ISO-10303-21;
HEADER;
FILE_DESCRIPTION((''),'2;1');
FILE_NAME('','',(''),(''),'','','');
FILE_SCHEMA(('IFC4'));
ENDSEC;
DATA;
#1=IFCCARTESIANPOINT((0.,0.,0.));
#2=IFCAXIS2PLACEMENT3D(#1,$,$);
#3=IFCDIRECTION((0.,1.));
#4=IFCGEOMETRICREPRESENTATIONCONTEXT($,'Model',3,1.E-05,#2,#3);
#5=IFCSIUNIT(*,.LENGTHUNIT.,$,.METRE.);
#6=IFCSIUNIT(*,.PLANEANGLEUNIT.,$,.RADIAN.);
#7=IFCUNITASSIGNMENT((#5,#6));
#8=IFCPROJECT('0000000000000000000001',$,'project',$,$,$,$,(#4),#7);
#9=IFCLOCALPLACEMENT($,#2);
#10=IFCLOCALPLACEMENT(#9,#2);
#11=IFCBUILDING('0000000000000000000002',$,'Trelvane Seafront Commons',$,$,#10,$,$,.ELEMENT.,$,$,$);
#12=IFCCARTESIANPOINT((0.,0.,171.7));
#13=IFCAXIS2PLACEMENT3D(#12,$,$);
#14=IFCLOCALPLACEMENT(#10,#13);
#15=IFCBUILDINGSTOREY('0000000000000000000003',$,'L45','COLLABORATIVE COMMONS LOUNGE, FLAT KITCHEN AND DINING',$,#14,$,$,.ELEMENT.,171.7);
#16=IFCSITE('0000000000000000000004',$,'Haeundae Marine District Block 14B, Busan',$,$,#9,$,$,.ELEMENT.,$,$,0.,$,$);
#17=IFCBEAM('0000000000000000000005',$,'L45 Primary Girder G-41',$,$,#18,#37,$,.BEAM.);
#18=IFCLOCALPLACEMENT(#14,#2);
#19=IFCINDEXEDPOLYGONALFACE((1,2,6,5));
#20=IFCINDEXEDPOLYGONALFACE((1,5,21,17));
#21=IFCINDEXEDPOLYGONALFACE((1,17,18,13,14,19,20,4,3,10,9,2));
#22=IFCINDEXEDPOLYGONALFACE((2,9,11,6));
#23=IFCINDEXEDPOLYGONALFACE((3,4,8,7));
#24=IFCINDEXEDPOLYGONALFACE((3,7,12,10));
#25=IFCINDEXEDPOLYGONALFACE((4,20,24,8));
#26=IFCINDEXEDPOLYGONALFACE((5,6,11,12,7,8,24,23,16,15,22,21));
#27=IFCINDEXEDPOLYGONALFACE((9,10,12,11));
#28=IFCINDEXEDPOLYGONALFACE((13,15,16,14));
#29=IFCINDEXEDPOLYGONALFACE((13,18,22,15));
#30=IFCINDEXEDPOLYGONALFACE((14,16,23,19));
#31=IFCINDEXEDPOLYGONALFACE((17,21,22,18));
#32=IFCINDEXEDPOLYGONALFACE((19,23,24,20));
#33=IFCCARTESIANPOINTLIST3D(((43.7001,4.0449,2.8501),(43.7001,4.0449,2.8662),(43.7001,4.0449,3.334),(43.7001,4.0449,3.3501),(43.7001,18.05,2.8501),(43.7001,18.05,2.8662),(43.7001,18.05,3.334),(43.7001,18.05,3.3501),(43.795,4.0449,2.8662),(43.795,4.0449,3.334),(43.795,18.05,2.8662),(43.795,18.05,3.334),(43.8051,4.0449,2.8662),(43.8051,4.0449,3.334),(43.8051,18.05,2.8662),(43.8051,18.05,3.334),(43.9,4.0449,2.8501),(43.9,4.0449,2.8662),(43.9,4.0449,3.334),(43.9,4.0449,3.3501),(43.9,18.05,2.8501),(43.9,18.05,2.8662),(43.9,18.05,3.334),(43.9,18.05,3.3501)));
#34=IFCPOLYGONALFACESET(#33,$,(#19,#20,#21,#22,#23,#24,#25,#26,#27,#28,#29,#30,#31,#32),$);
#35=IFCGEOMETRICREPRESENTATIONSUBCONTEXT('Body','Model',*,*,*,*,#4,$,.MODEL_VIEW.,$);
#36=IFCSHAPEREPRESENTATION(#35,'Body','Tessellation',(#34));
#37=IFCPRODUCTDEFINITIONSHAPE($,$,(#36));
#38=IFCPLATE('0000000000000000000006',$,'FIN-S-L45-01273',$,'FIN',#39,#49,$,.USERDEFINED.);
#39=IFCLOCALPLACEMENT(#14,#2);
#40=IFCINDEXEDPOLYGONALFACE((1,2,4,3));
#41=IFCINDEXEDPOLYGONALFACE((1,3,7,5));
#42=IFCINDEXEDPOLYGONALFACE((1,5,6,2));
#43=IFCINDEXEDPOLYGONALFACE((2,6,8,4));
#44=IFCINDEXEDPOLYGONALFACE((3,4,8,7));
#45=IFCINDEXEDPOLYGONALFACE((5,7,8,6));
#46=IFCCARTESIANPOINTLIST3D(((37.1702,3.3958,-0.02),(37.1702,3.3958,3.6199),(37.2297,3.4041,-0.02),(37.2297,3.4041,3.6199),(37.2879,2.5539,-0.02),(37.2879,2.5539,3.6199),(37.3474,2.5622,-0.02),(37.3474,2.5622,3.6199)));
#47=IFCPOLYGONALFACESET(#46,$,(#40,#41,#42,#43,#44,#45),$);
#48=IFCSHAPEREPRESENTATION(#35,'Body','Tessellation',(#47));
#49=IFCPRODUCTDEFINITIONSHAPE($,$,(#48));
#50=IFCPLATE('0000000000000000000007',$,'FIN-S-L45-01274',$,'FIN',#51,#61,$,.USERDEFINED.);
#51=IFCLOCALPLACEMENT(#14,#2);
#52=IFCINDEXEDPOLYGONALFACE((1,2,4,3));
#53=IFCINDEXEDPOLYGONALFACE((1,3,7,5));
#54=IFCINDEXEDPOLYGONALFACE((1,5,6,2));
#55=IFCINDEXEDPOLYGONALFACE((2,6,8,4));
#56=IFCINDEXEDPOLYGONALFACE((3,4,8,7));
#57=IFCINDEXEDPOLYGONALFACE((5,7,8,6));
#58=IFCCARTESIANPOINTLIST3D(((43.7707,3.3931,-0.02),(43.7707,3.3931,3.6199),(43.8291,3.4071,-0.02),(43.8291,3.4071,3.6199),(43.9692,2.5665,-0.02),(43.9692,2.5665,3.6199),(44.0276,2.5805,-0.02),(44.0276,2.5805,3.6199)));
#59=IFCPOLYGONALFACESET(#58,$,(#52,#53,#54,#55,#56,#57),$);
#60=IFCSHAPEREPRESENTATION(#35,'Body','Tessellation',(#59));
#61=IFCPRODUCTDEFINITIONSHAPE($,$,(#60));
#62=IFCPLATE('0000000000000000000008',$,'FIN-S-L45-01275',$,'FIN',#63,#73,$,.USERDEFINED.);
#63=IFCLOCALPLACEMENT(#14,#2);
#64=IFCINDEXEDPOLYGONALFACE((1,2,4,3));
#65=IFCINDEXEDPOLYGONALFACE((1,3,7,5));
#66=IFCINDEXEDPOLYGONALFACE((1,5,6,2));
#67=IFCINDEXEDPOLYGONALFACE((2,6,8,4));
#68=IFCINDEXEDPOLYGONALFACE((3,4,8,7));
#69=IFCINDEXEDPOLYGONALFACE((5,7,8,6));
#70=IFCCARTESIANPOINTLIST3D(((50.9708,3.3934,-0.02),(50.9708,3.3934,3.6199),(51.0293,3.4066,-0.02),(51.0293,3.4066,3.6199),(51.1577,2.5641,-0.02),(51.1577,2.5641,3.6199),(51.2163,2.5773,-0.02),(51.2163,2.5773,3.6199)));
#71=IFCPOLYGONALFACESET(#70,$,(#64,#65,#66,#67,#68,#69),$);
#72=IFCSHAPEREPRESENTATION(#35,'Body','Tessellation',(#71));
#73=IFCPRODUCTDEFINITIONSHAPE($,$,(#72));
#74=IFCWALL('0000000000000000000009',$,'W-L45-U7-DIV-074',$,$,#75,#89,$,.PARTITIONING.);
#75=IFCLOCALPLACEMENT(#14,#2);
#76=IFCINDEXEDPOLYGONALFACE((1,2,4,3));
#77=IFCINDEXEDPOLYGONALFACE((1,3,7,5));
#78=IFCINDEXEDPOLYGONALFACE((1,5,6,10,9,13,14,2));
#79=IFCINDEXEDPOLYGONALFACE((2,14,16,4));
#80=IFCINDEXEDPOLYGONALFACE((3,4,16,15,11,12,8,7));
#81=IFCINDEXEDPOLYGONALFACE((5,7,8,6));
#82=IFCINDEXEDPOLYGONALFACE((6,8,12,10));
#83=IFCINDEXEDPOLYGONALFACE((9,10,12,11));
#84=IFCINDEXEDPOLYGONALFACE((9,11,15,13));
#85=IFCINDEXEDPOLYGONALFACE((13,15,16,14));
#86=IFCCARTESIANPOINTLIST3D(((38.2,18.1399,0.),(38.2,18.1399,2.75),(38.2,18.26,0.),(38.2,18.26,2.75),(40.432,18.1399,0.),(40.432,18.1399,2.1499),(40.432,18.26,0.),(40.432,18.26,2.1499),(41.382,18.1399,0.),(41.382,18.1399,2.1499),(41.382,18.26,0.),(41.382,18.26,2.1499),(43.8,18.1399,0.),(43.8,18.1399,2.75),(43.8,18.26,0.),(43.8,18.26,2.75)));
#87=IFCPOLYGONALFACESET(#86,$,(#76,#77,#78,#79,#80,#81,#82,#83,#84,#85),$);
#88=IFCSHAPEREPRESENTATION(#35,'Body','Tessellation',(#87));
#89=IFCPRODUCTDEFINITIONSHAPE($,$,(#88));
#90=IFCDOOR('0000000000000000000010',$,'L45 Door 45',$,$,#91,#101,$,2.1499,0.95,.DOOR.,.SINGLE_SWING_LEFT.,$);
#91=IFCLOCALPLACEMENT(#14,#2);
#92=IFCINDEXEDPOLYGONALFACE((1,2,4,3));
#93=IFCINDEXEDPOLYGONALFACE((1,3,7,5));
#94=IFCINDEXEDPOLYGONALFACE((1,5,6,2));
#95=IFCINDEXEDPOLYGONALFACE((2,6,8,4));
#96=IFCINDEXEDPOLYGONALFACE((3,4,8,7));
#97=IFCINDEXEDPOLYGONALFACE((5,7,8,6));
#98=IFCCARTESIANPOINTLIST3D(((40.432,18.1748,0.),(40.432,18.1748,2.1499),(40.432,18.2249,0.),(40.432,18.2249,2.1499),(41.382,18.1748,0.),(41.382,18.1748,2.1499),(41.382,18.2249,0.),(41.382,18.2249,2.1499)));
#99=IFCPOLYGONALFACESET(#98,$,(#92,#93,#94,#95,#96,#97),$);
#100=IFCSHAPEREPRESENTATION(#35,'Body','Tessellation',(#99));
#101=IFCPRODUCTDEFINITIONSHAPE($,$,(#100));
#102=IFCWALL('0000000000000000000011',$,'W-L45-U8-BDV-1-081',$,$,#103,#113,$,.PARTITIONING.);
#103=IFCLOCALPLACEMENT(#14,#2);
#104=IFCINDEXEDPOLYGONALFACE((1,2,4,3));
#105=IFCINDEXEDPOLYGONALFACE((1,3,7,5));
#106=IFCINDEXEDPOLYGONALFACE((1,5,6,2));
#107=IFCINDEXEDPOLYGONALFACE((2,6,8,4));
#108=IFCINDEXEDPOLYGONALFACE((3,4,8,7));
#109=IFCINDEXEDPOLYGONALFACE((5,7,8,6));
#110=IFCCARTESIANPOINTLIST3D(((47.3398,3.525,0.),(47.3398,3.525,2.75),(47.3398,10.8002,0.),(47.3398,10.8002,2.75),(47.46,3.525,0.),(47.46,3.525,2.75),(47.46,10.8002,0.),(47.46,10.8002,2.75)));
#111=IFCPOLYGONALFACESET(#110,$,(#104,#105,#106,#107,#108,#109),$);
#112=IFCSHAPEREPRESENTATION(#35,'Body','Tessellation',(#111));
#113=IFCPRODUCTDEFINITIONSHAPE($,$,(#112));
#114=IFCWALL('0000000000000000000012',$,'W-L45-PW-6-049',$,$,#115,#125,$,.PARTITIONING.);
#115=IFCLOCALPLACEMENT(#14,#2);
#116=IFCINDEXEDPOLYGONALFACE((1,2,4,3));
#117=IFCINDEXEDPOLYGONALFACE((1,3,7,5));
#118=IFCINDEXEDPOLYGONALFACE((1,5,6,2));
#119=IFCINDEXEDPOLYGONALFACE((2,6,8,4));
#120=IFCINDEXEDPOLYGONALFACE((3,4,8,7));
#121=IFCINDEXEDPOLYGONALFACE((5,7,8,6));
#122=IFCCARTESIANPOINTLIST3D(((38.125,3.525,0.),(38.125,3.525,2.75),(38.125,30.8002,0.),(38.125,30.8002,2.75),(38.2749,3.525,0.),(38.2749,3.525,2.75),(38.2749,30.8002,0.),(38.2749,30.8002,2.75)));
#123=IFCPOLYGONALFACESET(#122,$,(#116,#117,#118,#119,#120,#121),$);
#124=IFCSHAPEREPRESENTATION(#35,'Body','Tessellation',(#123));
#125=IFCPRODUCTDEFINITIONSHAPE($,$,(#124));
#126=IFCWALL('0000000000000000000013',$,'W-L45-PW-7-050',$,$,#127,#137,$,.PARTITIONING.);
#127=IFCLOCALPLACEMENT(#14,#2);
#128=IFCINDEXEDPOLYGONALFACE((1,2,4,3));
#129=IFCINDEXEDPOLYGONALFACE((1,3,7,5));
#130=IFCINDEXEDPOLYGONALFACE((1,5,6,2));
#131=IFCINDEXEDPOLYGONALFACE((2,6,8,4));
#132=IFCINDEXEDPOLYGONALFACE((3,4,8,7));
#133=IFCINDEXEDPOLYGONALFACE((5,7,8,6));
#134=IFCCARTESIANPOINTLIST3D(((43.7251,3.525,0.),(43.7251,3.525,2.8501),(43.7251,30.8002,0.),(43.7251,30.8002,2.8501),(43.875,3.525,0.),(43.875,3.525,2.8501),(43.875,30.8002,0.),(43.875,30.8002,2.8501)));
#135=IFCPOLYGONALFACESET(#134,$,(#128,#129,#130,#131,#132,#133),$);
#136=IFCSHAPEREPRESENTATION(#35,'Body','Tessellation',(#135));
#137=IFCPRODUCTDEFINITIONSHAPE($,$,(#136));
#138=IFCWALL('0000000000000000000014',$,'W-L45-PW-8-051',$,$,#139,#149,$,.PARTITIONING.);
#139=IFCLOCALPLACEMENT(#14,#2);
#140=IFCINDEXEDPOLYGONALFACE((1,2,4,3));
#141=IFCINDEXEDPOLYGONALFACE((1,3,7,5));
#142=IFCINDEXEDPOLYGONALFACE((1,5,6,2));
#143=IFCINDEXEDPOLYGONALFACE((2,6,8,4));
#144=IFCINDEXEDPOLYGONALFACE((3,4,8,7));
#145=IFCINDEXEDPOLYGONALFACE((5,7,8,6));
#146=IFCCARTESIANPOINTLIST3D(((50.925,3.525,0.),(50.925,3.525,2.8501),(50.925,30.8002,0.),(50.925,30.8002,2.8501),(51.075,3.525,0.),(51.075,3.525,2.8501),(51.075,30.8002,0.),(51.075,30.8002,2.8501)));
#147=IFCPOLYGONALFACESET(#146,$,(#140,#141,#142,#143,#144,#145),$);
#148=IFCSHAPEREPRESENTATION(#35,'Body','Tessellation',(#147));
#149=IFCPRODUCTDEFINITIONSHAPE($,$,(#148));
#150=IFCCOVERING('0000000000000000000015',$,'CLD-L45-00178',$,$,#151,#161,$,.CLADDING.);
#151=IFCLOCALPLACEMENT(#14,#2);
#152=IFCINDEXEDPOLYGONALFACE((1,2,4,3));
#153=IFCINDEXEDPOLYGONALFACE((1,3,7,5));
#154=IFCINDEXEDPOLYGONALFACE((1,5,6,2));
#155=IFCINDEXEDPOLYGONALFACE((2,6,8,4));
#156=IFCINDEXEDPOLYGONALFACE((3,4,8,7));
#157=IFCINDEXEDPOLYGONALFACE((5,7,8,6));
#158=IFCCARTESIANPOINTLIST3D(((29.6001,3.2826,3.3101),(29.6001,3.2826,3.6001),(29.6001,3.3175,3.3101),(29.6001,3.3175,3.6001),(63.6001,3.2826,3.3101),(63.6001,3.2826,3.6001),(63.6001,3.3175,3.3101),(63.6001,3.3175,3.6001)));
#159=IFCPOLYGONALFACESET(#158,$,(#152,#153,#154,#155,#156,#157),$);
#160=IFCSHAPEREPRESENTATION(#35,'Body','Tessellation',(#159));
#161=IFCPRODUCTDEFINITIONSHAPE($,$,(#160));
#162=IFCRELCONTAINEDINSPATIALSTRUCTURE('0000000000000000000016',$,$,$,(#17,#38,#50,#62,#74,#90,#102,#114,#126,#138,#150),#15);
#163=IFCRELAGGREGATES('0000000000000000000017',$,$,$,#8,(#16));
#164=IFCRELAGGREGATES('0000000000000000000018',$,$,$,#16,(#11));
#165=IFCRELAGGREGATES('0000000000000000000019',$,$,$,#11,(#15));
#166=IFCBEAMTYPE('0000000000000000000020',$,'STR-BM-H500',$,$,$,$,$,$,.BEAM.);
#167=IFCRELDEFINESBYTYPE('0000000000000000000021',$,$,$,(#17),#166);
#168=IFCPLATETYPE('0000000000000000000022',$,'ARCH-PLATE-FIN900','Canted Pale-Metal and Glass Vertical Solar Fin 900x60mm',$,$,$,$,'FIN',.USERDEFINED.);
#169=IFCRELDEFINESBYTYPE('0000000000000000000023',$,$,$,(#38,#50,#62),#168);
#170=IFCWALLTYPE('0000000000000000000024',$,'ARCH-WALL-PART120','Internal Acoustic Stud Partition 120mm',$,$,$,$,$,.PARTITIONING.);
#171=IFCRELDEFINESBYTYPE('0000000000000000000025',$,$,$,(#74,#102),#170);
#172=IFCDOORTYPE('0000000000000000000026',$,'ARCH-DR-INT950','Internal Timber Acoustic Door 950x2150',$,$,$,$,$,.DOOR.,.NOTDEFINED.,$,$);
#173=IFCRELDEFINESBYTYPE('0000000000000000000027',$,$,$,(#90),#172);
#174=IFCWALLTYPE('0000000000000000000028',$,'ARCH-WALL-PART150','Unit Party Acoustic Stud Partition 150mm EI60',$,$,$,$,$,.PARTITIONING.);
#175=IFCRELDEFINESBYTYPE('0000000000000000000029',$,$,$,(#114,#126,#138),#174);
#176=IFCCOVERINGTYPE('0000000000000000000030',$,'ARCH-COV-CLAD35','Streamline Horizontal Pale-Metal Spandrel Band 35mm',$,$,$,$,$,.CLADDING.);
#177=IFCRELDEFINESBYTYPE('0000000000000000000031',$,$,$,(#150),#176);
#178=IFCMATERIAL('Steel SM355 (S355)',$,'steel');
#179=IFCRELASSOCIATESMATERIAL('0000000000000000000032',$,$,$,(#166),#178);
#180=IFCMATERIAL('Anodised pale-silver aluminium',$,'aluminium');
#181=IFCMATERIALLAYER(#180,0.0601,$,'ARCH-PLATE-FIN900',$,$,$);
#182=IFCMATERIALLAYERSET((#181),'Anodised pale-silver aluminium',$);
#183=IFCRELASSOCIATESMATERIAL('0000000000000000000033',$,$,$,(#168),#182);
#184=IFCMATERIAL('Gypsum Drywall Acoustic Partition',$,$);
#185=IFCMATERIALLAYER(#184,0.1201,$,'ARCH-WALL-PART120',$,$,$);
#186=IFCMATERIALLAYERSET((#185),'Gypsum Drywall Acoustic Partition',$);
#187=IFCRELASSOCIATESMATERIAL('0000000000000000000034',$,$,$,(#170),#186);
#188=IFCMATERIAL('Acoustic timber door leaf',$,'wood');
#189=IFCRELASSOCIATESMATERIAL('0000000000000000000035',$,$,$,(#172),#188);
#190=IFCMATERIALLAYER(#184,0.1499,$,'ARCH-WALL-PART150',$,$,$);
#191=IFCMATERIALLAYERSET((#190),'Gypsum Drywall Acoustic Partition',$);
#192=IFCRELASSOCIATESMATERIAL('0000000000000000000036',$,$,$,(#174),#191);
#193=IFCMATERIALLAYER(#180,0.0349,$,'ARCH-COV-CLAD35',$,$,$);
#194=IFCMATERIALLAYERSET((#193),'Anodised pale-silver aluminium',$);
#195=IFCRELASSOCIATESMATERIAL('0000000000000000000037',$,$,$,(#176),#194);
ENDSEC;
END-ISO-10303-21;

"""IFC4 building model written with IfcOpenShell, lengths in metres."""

from ifc_helpers import new_model, si_unit, direction, frame, frame_2d, origin, origin_2d, place, context, subcontext, project, spatial, rectangle, i_section, extrude, source, transform, mapped, material, layer, layer_set, material_profile, profile_set, type_object, element, fill, save


model = new_model("IFC4")

# Units and contexts
model_context = context("Model", 3, precision=1e-05, world=origin(), true_north=direction((0.0, 1.0)))
body_context = subcontext(model_context, "Body", "Model", "MODEL_VIEW")
ifc_project = project(units=[si_unit("LENGTHUNIT", "METRE"), si_unit("PLANEANGLEUNIT", "RADIAN")], contexts=[model_context])

# Site, building, storey
site_placement = place(None, origin())
site = spatial("IfcSite", under=ifc_project, at=site_placement, Name="Haeundae Marine District Block 14B, Busan", CompositionType="ELEMENT", RefElevation=0.0)
building_placement = place(site_placement, origin())
building = spatial("IfcBuilding", under=site, at=building_placement, Name="Trelvane Seafront Commons", CompositionType="ELEMENT")
storey_placement = place(building_placement, frame((0.0, 0.0, 171.7)))
storey = spatial("IfcBuildingStorey", under=building, at=storey_placement, Name="L45", Description="COLLABORATIVE COMMONS LOUNGE, FLAT KITCHEN AND DINING", CompositionType="ELEMENT", Elevation=171.7)

# Shared definitions
ifc_material_1 = material(Name="Steel SM355 (S355)", Category="steel")

# Beam
ifc_material_profile_1 = material_profile(ifc_material_1, i_section(OverallWidth=0.2, OverallDepth=0.5, WebThickness=0.01, FlangeThickness=0.0161, at=origin_2d()), Name="H-500x200x10x16")
ifc_profile_set_1 = profile_set([ifc_material_profile_1], Name="Steel SM355 (S355)")
beam_type_1 = type_object("IfcBeamType", Name="STR-BM-H500", PredefinedType="BEAM", material=ifc_profile_set_1)
shared_shape_1 = source(origin(), body_context, "Body", "SweptSolid", [
    extrude(i_section(OverallWidth=0.2, OverallDepth=0.5, WebThickness=0.01, FlangeThickness=0.0161, at=origin_2d()), origin(), (0.0, 0.0, 1.0), 14.0051),
])
beam_1_placement = place(storey_placement, frame((43.8, 4.0449, 3.1001), z_axis=(0.0, 1.0, 0.0), x_axis=(-1.0, 0.0, 0.0)))
element("IfcBeam", 1, at=beam_1_placement, inside=storey, type_object=beam_type_1, Name="L45 Primary Girder G-41", PredefinedType="BEAM", context=body_context, shape_type="MappedRepresentation", body=[
    mapped(shared_shape_1, transform((0.0, 0.0, 0.0), x_axis=(1.0, 0.0, 0.0), y_axis=(0.0, 1.0, 0.0), z_axis=(0.0, 0.0, 1.0), scale=1.0)),
])

# Plates
ifc_material_2 = material(Name="Anodised pale-silver aluminium", Category="aluminium")
ifc_layer_1 = layer(ifc_material_2, 0.0601, Name="ARCH-PLATE-FIN900")
ifc_layer_set_1 = layer_set([ifc_layer_1], Name="Anodised pale-silver aluminium")
plate_type = type_object("IfcPlateType", Name="ARCH-PLATE-FIN900", Description="Canted Pale-Metal and Glass Vertical Solar Fin 900x60mm", ElementType="FIN", PredefinedType="USERDEFINED", material=ifc_layer_set_1)
shared_shape_2 = source(origin(), body_context, "Body", "SweptSolid", [
    extrude(rectangle(XDim=0.8501, YDim=0.0601, at=origin_2d()), origin(), (0.0, 0.0, 1.0), 3.6399),
])
for number, where, z_axis, x_axis, name in (
    (2, (37.2588, 2.979, -0.02), (0.0, 0.0, 1.0), (0.138473, -0.990366, 0.0), "FIN-S-L45-01273"),
    (3, (43.8992, 2.9868, -0.02), (0.0, 0.0, 1.0), (0.233529, -0.97235, 0.0), "FIN-S-L45-01274"),
    (4, (51.0935, 2.9854, -0.02), (0.0, 0.0, 1.0), (0.219882, -0.975526, 0.0), "FIN-S-L45-01275"),
):
    element("IfcPlate", number, at=place(storey_placement, frame(where, z_axis=z_axis, x_axis=x_axis)), inside=storey, type_object=plate_type, Name=name, ObjectType="FIN", PredefinedType="USERDEFINED", context=body_context, shape_type="MappedRepresentation", body=[
        mapped(shared_shape_2, transform((0.0, 0.0, 0.0), x_axis=(1.0, 0.0, 0.0), y_axis=(0.0, 1.0, 0.0), z_axis=(0.0, 0.0, 1.0), scale=1.0)),
    ])

# Wall, opening, door
ifc_material_3 = material(Name="Gypsum Drywall Acoustic Partition")
ifc_layer_2 = layer(ifc_material_3, 0.1201, Name="ARCH-WALL-PART120")
ifc_layer_set_2 = layer_set([ifc_layer_2], Name="Gypsum Drywall Acoustic Partition")
wall_type_1 = type_object("IfcWallType", Name="ARCH-WALL-PART120", Description="Internal Acoustic Stud Partition 120mm", PredefinedType="PARTITIONING", material=ifc_layer_set_2)
wall_1_placement = place(storey_placement, frame((38.2, 18.2, 0.0), z_axis=(0.0, 0.0, 1.0), x_axis=(1.0, 0.0, 0.0)))
wall_1 = element("IfcWall", 5, at=wall_1_placement, inside=storey, type_object=wall_type_1, Name="W-L45-U7-DIV-074", PredefinedType="PARTITIONING", context=body_context, shape_type="SweptSolid", body=[
    extrude(rectangle(XDim=5.6001, YDim=0.1201, at=frame_2d((2.8, 0.0))), origin(), (0.0, 0.0, 1.0), 2.75),
])
opening_1_placement = place(wall_1_placement, frame((2.2319, 0.0, 0.0)))
opening_1 = element("IfcOpeningElement", 6, at=opening_1_placement, cuts=wall_1, PredefinedType="OPENING", context=body_context, shape_type="SweptSolid", body=[
    extrude(rectangle(XDim=0.95, YDim=2.1499, at=frame_2d((0.4751, 1.075))), frame((0.0, 0.0701, 0.0), z_axis=(0.0, -1.0, 0.0), x_axis=(1.0, 0.0, 0.0)), (0.0, 0.0, 1.0), 0.1401),
])
ifc_material_4 = material(Name="Acoustic timber door leaf", Category="wood")
door_type = type_object("IfcDoorType", Name="ARCH-DR-INT950", Description="Internal Timber Acoustic Door 950x2150", OperationType="NOTDEFINED", PredefinedType="DOOR", material=ifc_material_4)
shared_shape_3 = source(origin(), body_context, "Body", "SweptSolid", [
    extrude(rectangle(XDim=0.95, YDim=2.1499, at=frame_2d((0.4751, 1.075))), frame((0.0, 0.0249, 0.0), z_axis=(0.0, -1.0, 0.0), x_axis=(1.0, 0.0, 0.0)), (0.0, 0.0, 1.0), 0.05),
])
door_1_placement = place(opening_1_placement, origin())
door_1 = element("IfcDoor", 7, at=door_1_placement, inside=storey, type_object=door_type, Name="L45 Door 45", OperationType="SINGLE_SWING_LEFT", OverallHeight=2.1499, OverallWidth=0.95, PredefinedType="DOOR", context=body_context, shape_type="MappedRepresentation", body=[
    mapped(shared_shape_3, transform((0.0, 0.0, 0.0), x_axis=(1.0, 0.0, 0.0), y_axis=(0.0, 1.0, 0.0), z_axis=(0.0, 0.0, 1.0), scale=1.0)),
])
fill(opening_1, door_1)

# Wall
wall_2_placement = place(storey_placement, frame((47.3999, 3.5249, 0.0), z_axis=(0.0, 0.0, 1.0), x_axis=(0.0, 1.0, 0.0)))
element("IfcWall", 8, at=wall_2_placement, inside=storey, type_object=wall_type_1, Name="W-L45-U8-BDV-1-081", PredefinedType="PARTITIONING", context=body_context, shape_type="SweptSolid", body=[
    extrude(rectangle(XDim=7.2751, YDim=0.1201, at=frame_2d((3.6377, 0.0))), origin(), (0.0, 0.0, 1.0), 2.75),
])

# Walls
ifc_layer_3 = layer(ifc_material_3, 0.1499, Name="ARCH-WALL-PART150")
ifc_layer_set_3 = layer_set([ifc_layer_3], Name="Gypsum Drywall Acoustic Partition")
wall_type_2 = type_object("IfcWallType", Name="ARCH-WALL-PART150", Description="Unit Party Acoustic Stud Partition 150mm EI60", PredefinedType="PARTITIONING", material=ifc_layer_set_3)
wall_3_placement = place(storey_placement, frame((38.2, 3.5249, 0.0), z_axis=(0.0, 0.0, 1.0), x_axis=(0.0, 1.0, 0.0)))
element("IfcWall", 9, at=wall_3_placement, inside=storey, type_object=wall_type_2, Name="W-L45-PW-6-049", PredefinedType="PARTITIONING", context=body_context, shape_type="SweptSolid", body=[
    extrude(rectangle(XDim=27.2751, YDim=0.1499, at=frame_2d((13.6377, 0.0))), origin(), (0.0, 0.0, 1.0), 2.75),
])
for number, where, z_axis, x_axis, name in (
    (10, (43.8, 3.5249, 0.0), (0.0, 0.0, 1.0), (0.0, 1.0, 0.0), "W-L45-PW-7-050"),
    (11, (51.0, 3.5249, 0.0), (0.0, 0.0, 1.0), (0.0, 1.0, 0.0), "W-L45-PW-8-051"),
):
    element("IfcWall", number, at=place(storey_placement, frame(where, z_axis=z_axis, x_axis=x_axis)), inside=storey, type_object=wall_type_2, Name=name, PredefinedType="PARTITIONING", context=body_context, shape_type="SweptSolid", body=[
        extrude(rectangle(XDim=27.2751, YDim=0.1499, at=frame_2d((13.6377, 0.0))), origin(), (0.0, 0.0, 1.0), 2.8501),
    ])

# Covering
ifc_layer_4 = layer(ifc_material_2, 0.0349, Name="ARCH-COV-CLAD35")
ifc_layer_set_4 = layer_set([ifc_layer_4], Name="Anodised pale-silver aluminium")
covering_type = type_object("IfcCoveringType", Name="ARCH-COV-CLAD35", Description="Streamline Horizontal Pale-Metal Spandrel Band 35mm", PredefinedType="CLADDING", material=ifc_layer_set_4)
shared_shape_4 = source(origin(), body_context, "Body", "SweptSolid", [
    extrude(rectangle(XDim=34.0, YDim=0.0349, at=origin_2d()), origin(), (0.0, 0.0, 1.0), 0.29),
])
covering_placement = place(storey_placement, frame((46.6001, 3.3, 3.3101), z_axis=(0.0, 0.0, 1.0), x_axis=(-1.0, 0.0, 0.0)))
element("IfcCovering", 12, at=covering_placement, inside=storey, type_object=covering_type, Name="CLD-L45-00178", PredefinedType="CLADDING", context=body_context, shape_type="MappedRepresentation", body=[
    mapped(shared_shape_4, transform((0.0, 0.0, 0.0), x_axis=(1.0, 0.0, 0.0), y_axis=(0.0, 1.0, 0.0), z_axis=(0.0, 0.0, 1.0), scale=1.0)),
])

save(model, "model.ifc")
